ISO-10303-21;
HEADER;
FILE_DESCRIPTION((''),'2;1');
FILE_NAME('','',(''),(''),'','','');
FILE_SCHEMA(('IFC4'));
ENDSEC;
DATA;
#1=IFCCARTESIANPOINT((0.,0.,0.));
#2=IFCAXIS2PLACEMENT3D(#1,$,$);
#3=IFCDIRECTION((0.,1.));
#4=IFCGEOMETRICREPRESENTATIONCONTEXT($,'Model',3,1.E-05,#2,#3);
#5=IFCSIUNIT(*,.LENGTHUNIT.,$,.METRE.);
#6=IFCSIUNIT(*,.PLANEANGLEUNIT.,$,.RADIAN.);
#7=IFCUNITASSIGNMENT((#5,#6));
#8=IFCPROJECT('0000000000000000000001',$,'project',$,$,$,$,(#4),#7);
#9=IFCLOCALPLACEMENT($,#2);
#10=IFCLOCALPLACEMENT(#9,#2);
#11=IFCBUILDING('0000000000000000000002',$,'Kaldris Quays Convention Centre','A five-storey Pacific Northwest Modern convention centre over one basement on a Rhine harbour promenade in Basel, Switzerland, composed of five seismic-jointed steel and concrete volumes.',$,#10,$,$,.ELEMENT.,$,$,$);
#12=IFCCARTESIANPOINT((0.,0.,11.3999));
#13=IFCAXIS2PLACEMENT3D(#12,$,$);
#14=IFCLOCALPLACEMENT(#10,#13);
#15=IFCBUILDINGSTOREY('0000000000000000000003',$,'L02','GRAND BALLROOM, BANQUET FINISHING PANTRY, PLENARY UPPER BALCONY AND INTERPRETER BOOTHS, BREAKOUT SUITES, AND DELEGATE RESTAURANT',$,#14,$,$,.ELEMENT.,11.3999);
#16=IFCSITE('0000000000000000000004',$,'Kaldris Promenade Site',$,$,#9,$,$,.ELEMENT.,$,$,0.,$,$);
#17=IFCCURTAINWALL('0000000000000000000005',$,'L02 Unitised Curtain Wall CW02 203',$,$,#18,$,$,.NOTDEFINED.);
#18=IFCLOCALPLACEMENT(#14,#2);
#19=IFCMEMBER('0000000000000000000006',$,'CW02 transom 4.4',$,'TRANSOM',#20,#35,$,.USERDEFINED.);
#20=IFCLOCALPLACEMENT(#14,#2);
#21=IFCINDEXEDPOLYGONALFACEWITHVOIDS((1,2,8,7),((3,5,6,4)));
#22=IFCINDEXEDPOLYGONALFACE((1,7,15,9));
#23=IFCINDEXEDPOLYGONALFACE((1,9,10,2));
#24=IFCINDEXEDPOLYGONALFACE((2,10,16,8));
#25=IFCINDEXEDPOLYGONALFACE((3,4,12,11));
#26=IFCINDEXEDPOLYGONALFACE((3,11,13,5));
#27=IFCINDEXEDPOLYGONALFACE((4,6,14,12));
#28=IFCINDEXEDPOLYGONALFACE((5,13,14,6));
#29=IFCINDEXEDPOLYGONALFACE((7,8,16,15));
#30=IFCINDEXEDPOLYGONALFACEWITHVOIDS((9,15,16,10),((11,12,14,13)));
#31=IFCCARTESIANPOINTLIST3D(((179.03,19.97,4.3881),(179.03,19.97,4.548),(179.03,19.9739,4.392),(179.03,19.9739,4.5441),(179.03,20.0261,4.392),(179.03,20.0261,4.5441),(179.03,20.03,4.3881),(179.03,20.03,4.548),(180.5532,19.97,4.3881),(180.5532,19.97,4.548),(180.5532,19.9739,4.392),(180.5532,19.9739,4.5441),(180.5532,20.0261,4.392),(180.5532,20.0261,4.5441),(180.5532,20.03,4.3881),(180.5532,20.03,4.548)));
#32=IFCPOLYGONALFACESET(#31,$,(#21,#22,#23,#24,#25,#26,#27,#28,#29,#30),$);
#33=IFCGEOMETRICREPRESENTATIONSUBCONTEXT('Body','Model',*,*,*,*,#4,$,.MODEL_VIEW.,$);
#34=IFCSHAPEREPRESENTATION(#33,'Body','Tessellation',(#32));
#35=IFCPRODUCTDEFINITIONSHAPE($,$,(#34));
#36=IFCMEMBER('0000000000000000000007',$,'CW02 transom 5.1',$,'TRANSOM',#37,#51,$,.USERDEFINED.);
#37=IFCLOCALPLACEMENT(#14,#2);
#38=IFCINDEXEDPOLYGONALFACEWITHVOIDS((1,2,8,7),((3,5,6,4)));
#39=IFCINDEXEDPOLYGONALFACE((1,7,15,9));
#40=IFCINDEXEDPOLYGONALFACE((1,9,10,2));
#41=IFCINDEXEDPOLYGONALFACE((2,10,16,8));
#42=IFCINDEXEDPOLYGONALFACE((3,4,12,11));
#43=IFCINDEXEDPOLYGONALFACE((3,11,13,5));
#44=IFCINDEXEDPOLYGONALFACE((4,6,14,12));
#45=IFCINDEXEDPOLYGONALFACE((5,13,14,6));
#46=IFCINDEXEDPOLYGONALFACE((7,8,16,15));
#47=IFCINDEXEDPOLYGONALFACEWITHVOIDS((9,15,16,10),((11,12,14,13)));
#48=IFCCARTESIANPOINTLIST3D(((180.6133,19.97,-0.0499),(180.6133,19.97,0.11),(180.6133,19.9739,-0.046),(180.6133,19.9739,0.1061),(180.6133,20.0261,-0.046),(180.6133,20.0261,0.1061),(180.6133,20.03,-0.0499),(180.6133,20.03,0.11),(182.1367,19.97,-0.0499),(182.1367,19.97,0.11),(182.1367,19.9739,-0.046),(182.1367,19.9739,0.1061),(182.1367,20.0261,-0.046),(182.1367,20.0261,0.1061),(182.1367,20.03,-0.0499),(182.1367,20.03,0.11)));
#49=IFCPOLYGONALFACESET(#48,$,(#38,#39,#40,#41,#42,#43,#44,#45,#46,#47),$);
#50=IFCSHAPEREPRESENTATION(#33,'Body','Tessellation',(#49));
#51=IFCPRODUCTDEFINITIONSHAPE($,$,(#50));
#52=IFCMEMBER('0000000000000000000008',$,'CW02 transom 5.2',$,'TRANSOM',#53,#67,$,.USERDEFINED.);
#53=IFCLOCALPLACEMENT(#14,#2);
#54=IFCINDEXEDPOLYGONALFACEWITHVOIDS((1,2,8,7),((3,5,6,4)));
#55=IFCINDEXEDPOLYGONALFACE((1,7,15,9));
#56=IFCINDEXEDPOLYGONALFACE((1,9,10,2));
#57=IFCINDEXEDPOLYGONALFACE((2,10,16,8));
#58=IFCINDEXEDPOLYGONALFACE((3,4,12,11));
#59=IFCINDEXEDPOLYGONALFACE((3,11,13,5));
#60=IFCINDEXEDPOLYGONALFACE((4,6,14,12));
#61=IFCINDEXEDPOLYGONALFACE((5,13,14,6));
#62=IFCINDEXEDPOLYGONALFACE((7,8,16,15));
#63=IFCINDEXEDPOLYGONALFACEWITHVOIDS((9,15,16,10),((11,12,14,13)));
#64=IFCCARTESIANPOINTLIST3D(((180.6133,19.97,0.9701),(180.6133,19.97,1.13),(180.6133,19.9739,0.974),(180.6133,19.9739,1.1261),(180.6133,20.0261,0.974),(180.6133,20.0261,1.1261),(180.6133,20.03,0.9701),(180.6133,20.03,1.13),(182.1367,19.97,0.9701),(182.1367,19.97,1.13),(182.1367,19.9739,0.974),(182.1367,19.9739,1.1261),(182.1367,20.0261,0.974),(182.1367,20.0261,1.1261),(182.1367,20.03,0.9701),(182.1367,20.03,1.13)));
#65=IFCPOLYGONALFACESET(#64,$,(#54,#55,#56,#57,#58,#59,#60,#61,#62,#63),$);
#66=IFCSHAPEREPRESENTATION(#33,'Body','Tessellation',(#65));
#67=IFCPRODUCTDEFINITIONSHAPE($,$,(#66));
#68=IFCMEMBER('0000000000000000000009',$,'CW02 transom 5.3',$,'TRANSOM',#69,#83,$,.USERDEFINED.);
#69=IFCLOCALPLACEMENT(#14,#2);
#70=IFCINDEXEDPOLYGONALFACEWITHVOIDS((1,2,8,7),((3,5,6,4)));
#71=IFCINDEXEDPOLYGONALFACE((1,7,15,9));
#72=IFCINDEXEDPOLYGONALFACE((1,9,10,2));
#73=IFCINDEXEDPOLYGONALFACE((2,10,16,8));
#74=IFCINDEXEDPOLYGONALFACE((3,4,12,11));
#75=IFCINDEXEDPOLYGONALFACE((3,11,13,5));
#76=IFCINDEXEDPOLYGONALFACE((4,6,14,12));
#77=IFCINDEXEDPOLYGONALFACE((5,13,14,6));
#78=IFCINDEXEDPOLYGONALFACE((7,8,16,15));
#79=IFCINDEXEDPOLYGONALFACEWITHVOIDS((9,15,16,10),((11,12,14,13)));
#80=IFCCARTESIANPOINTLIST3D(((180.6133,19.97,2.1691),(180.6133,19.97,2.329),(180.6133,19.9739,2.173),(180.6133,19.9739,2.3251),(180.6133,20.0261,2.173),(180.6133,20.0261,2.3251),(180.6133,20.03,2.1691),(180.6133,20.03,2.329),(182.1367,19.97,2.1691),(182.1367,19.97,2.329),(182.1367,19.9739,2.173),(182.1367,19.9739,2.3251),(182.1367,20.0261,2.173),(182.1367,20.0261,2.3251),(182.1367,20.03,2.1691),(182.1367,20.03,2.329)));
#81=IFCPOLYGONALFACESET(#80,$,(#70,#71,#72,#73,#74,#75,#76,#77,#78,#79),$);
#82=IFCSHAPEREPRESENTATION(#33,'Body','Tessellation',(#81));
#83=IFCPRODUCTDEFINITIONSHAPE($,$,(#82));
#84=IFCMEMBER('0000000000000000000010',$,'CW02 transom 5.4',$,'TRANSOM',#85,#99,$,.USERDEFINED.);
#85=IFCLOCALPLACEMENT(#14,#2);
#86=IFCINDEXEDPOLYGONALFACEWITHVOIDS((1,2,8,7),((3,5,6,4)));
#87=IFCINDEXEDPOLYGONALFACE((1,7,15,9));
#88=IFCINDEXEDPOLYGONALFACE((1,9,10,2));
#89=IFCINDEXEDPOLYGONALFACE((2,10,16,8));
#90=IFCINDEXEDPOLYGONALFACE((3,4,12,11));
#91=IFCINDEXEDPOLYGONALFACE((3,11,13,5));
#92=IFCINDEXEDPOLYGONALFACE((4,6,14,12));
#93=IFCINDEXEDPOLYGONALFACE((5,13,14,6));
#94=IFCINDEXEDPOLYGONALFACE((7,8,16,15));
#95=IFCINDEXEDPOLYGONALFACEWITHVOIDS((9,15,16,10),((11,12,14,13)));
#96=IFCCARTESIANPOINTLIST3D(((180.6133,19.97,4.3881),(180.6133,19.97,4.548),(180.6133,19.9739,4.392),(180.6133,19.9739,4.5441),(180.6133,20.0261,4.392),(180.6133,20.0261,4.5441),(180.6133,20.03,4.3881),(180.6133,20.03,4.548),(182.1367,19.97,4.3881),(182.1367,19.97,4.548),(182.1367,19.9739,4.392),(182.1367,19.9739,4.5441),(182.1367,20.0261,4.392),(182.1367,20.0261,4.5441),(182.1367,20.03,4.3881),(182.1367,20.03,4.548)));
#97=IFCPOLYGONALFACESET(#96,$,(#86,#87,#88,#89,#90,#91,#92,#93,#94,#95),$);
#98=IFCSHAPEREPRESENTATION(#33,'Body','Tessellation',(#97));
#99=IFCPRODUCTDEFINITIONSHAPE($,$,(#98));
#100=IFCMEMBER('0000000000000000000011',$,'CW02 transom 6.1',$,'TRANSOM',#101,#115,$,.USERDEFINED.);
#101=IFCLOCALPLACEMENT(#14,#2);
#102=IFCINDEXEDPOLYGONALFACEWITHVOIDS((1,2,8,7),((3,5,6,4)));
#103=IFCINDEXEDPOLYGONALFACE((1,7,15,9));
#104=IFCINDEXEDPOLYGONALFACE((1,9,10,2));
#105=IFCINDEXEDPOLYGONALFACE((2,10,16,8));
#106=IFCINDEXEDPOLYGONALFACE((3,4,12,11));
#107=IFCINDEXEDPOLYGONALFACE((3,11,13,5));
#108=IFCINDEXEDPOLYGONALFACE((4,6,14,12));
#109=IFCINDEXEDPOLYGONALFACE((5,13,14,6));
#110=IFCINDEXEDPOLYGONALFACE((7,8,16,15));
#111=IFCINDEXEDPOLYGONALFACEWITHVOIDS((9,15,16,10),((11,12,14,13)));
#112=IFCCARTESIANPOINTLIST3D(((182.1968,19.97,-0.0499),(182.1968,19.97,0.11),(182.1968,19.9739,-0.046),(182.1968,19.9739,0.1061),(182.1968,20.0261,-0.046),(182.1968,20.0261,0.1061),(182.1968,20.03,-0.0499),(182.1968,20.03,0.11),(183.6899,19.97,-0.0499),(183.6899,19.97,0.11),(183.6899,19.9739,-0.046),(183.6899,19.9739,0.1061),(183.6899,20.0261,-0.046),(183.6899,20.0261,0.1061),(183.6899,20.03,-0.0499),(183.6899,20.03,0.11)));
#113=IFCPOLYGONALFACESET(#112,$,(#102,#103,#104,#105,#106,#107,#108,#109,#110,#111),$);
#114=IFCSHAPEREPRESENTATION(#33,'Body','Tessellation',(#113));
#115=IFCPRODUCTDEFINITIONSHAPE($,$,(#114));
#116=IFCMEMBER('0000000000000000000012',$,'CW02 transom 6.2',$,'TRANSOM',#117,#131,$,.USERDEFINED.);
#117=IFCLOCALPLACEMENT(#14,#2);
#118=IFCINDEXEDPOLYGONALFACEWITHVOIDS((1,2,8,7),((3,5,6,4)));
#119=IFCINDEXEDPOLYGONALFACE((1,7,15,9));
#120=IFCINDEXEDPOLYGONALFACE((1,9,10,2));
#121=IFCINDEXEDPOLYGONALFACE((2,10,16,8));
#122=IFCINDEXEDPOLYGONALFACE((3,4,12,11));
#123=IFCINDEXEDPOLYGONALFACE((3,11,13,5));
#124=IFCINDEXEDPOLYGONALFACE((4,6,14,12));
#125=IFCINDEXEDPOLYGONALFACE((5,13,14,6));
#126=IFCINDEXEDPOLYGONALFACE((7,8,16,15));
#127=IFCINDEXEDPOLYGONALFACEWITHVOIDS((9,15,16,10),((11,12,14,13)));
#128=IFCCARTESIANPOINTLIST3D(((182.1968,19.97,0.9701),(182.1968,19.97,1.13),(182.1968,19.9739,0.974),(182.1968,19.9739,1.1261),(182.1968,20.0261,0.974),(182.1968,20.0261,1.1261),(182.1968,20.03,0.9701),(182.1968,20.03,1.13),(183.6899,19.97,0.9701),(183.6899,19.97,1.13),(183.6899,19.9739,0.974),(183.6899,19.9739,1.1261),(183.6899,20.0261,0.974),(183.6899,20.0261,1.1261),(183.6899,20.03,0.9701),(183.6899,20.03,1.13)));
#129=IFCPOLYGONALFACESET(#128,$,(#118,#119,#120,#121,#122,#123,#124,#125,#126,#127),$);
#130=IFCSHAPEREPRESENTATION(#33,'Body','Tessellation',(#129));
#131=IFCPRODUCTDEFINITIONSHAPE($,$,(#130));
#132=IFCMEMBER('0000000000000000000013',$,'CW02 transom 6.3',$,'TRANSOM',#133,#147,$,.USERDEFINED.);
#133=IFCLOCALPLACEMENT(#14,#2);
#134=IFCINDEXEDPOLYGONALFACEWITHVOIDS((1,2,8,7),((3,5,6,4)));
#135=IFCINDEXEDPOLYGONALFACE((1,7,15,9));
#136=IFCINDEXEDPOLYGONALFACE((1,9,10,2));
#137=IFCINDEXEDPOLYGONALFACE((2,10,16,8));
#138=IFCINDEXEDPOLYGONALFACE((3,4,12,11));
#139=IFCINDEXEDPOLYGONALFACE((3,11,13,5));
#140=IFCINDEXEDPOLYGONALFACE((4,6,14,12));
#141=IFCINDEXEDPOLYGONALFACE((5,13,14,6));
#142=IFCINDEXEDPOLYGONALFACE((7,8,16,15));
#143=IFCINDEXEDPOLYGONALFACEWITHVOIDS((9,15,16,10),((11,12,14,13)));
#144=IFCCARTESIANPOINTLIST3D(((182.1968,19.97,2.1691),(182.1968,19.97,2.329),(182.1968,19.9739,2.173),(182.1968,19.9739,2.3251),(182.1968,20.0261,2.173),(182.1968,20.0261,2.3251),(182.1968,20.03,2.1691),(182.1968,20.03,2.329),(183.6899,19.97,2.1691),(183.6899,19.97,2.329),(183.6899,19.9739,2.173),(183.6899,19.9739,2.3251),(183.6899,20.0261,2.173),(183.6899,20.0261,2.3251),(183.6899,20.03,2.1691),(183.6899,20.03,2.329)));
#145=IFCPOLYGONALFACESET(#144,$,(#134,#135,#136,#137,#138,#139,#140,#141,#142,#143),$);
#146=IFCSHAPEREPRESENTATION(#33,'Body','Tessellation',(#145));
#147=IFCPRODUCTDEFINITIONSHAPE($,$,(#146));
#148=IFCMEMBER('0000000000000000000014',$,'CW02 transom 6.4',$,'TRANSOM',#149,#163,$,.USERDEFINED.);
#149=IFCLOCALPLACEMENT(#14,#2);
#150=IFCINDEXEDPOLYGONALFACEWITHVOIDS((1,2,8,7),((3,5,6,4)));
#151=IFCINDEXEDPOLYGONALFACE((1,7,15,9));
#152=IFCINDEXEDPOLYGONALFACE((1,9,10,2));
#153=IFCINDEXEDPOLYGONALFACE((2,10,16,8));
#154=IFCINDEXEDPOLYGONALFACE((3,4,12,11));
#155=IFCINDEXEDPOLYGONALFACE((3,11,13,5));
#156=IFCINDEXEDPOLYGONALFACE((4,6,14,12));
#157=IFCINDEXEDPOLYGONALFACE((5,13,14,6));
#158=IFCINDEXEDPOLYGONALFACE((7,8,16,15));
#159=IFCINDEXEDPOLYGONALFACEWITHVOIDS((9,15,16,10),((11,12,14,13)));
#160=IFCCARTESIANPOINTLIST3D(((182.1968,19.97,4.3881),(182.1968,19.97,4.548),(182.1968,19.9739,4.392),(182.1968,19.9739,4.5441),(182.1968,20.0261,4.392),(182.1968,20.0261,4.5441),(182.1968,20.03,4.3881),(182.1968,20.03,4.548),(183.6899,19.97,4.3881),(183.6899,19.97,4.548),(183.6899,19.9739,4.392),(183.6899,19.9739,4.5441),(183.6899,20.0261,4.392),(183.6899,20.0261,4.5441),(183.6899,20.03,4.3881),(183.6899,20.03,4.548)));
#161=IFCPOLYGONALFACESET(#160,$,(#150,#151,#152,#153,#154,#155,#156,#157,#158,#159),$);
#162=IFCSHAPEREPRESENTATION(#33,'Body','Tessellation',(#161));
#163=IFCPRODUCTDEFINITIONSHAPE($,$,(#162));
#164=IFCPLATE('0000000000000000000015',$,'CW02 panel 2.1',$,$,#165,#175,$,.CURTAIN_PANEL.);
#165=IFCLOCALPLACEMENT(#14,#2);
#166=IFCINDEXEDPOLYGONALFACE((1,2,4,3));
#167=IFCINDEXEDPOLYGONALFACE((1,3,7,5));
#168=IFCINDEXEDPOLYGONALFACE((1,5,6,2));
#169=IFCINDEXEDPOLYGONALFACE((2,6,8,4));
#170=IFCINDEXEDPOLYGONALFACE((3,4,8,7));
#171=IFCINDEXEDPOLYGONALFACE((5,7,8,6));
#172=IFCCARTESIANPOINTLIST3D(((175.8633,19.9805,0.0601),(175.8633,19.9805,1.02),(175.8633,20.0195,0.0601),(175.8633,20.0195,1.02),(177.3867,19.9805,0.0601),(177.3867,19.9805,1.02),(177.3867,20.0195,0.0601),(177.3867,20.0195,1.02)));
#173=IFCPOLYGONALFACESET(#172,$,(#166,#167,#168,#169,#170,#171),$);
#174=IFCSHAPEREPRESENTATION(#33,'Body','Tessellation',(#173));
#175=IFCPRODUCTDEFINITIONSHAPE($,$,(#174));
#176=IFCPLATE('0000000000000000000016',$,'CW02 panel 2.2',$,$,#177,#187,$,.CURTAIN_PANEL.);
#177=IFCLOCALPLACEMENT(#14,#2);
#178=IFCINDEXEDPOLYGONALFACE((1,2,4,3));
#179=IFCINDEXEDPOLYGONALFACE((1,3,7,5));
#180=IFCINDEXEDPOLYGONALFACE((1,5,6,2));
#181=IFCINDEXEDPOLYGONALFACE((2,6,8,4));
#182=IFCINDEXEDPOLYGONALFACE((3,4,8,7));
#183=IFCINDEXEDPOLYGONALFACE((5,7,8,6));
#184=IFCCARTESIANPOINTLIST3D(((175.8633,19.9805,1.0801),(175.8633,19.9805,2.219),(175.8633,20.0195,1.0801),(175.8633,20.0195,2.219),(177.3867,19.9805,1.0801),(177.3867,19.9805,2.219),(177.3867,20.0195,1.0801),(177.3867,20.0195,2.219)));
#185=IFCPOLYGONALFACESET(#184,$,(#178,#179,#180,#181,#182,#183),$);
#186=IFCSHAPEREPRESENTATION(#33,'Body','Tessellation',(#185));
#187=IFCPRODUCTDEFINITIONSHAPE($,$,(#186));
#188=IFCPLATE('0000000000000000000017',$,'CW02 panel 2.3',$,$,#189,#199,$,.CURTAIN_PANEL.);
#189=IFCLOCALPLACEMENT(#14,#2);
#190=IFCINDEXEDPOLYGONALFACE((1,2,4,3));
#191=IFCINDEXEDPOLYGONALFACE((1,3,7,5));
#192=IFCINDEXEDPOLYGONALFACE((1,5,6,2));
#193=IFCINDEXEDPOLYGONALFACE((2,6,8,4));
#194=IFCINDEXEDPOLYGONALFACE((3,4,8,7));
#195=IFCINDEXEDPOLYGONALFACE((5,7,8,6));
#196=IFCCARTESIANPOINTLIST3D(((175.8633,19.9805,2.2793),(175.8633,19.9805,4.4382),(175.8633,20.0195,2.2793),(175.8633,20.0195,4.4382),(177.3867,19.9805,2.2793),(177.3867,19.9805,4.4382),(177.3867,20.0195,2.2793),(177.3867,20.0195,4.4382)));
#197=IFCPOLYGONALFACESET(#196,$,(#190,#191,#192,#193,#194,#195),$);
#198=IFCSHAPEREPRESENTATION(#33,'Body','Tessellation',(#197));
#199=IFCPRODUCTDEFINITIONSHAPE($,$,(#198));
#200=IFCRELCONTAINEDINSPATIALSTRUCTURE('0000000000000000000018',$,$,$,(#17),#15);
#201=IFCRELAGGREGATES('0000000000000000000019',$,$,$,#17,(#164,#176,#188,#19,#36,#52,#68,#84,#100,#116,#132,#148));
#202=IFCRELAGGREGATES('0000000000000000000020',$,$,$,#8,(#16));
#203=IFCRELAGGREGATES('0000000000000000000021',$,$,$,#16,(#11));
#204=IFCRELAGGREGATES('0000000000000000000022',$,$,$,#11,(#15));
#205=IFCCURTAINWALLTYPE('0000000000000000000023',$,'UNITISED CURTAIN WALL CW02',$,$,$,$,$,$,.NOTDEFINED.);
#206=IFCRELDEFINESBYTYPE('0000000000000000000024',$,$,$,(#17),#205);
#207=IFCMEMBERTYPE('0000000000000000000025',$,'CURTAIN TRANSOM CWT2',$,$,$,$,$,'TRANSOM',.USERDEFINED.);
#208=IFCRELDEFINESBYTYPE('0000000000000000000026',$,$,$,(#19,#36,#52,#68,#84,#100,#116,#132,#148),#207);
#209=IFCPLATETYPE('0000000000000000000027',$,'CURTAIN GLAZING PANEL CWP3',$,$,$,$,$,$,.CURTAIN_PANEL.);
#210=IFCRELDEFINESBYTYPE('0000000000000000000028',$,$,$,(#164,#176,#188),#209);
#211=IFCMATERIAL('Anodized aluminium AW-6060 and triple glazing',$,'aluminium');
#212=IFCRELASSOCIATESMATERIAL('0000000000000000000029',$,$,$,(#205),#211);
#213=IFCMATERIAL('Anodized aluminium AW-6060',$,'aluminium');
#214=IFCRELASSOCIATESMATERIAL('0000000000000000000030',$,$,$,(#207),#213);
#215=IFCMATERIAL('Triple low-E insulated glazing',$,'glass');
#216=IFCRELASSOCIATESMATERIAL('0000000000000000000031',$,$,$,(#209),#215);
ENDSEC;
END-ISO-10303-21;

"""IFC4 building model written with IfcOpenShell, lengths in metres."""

from ifc_helpers import new_model, si_unit, direction, frame, origin, origin_2d, place, context, subcontext, project, spatial, rectangle, hollow_rectangle, extrude, material, material_profile, profile_set, type_object, element, aggregate, save


model = new_model("IFC4")

# Units and contexts
model_context = context("Model", 3, precision=1e-05, world=origin(), true_north=direction((0.0, 1.0)))
body_context = subcontext(model_context, "Body", "Model", "MODEL_VIEW")
ifc_project = project(units=[si_unit("LENGTHUNIT", "METRE"), si_unit("PLANEANGLEUNIT", "RADIAN")], contexts=[model_context])

# Site, building, storey
site_placement = place(None, origin())
site = spatial("IfcSite", under=ifc_project, at=site_placement, Name="Kaldris Promenade Site", CompositionType="ELEMENT", RefElevation=0.0)
building_placement = place(site_placement, origin())
building = spatial("IfcBuilding", under=site, at=building_placement, Name="Kaldris Quays Convention Centre", Description="A five-storey Pacific Northwest Modern convention centre over one basement on a Rhine harbour promenade in Basel, Switzerland, composed of five seismic-jointed steel and concrete volumes.", CompositionType="ELEMENT")
storey_placement = place(building_placement, frame((0.0, 0.0, 11.3999)))
storey = spatial("IfcBuildingStorey", under=building, at=storey_placement, Name="L02", Description="GRAND BALLROOM, BANQUET FINISHING PANTRY, PLENARY UPPER BALCONY AND INTERPRETER BOOTHS, BREAKOUT SUITES, AND DELEGATE RESTAURANT", CompositionType="ELEMENT", Elevation=11.3999)

# Curtain wall, members, plates
ifc_material_1 = material(Name="Anodized aluminium AW-6060 and triple glazing", Category="aluminium")
curtain_wall_type = type_object("IfcCurtainWallType", Name="UNITISED CURTAIN WALL CW02", PredefinedType="NOTDEFINED", material=ifc_material_1)
curtain_wall_placement = place(storey_placement, origin())
curtain_wall = element("IfcCurtainWall", 1, at=curtain_wall_placement, inside=storey, type_object=curtain_wall_type, Name="L02 Unitised Curtain Wall CW02 203", PredefinedType="NOTDEFINED")
ifc_material_2 = material(Name="Anodized aluminium AW-6060", Category="aluminium")
ifc_material_profile_1 = material_profile(ifc_material_2, hollow_rectangle(XDim=0.0601, YDim=0.1599, WallThickness=0.0039, at=origin_2d()), Name="RHS 160x60x4")
ifc_profile_set_1 = profile_set([ifc_material_profile_1], Name="Anodized aluminium AW-6060")
member_type_1 = type_object("IfcMemberType", Name="CURTAIN TRANSOM CWT2", ElementType="TRANSOM", PredefinedType="USERDEFINED", material=ifc_profile_set_1)
member_1_placement = place(storey_placement, frame((179.03, 20.0, 4.468), z_axis=(1.0, 0.0, 0.0), x_axis=(0.0, 1.0, 0.0)))
member_1 = element("IfcMember", 2, at=member_1_placement, type_object=member_type_1, Name="CW02 transom 4.4", ObjectType="TRANSOM", PredefinedType="USERDEFINED", context=body_context, shape_type="SweptSolid", body=[
    extrude(hollow_rectangle(XDim=0.0601, YDim=0.1599, WallThickness=0.0039, at=origin_2d()), origin(), (0.0, 0.0, 1.0), 1.5232),
])
member_2_placement = place(storey_placement, frame((180.6133, 20.0, 0.03), z_axis=(1.0, 0.0, 0.0), x_axis=(0.0, 1.0, 0.0)))
member_2 = element("IfcMember", 3, at=member_2_placement, type_object=member_type_1, Name="CW02 transom 5.1", ObjectType="TRANSOM", PredefinedType="USERDEFINED", context=body_context, shape_type="SweptSolid", body=[
    extrude(hollow_rectangle(XDim=0.0601, YDim=0.1599, WallThickness=0.0039, at=origin_2d()), origin(), (0.0, 0.0, 1.0), 1.5234),
])
member_3_placement = place(storey_placement, frame((180.6133, 20.0, 1.05), z_axis=(1.0, 0.0, 0.0), x_axis=(0.0, 1.0, 0.0)))
member_3 = element("IfcMember", 4, at=member_3_placement, type_object=member_type_1, Name="CW02 transom 5.2", ObjectType="TRANSOM", PredefinedType="USERDEFINED", context=body_context, shape_type="SweptSolid", body=[
    extrude(hollow_rectangle(XDim=0.0601, YDim=0.1599, WallThickness=0.0039, at=origin_2d()), origin(), (0.0, 0.0, 1.0), 1.5234),
])
member_4_placement = place(storey_placement, frame((180.6133, 20.0, 2.249), z_axis=(1.0, 0.0, 0.0), x_axis=(0.0, 1.0, 0.0)))
member_4 = element("IfcMember", 5, at=member_4_placement, type_object=member_type_1, Name="CW02 transom 5.3", ObjectType="TRANSOM", PredefinedType="USERDEFINED", context=body_context, shape_type="SweptSolid", body=[
    extrude(hollow_rectangle(XDim=0.0601, YDim=0.1599, WallThickness=0.0039, at=origin_2d()), origin(), (0.0, 0.0, 1.0), 1.5234),
])
member_5_placement = place(storey_placement, frame((180.6133, 20.0, 4.468), z_axis=(1.0, 0.0, 0.0), x_axis=(0.0, 1.0, 0.0)))
member_5 = element("IfcMember", 6, at=member_5_placement, type_object=member_type_1, Name="CW02 transom 5.4", ObjectType="TRANSOM", PredefinedType="USERDEFINED", context=body_context, shape_type="SweptSolid", body=[
    extrude(hollow_rectangle(XDim=0.0601, YDim=0.1599, WallThickness=0.0039, at=origin_2d()), origin(), (0.0, 0.0, 1.0), 1.5234),
])
member_6_placement = place(storey_placement, frame((182.1968, 20.0, 0.03), z_axis=(1.0, 0.0, 0.0), x_axis=(0.0, 1.0, 0.0)))
member_6 = element("IfcMember", 7, at=member_6_placement, type_object=member_type_1, Name="CW02 transom 6.1", ObjectType="TRANSOM", PredefinedType="USERDEFINED", context=body_context, shape_type="SweptSolid", body=[
    extrude(hollow_rectangle(XDim=0.0601, YDim=0.1599, WallThickness=0.0039, at=origin_2d()), origin(), (0.0, 0.0, 1.0), 1.4932),
])
member_7_placement = place(storey_placement, frame((182.1968, 20.0, 1.05), z_axis=(1.0, 0.0, 0.0), x_axis=(0.0, 1.0, 0.0)))
member_7 = element("IfcMember", 8, at=member_7_placement, type_object=member_type_1, Name="CW02 transom 6.2", ObjectType="TRANSOM", PredefinedType="USERDEFINED", context=body_context, shape_type="SweptSolid", body=[
    extrude(hollow_rectangle(XDim=0.0601, YDim=0.1599, WallThickness=0.0039, at=origin_2d()), origin(), (0.0, 0.0, 1.0), 1.4932),
])
member_8_placement = place(storey_placement, frame((182.1968, 20.0, 2.249), z_axis=(1.0, 0.0, 0.0), x_axis=(0.0, 1.0, 0.0)))
member_8 = element("IfcMember", 9, at=member_8_placement, type_object=member_type_1, Name="CW02 transom 6.3", ObjectType="TRANSOM", PredefinedType="USERDEFINED", context=body_context, shape_type="SweptSolid", body=[
    extrude(hollow_rectangle(XDim=0.0601, YDim=0.1599, WallThickness=0.0039, at=origin_2d()), origin(), (0.0, 0.0, 1.0), 1.4932),
])
member_9_placement = place(storey_placement, frame((182.1968, 20.0, 4.468), z_axis=(1.0, 0.0, 0.0), x_axis=(0.0, 1.0, 0.0)))
member_9 = element("IfcMember", 10, at=member_9_placement, type_object=member_type_1, Name="CW02 transom 6.4", ObjectType="TRANSOM", PredefinedType="USERDEFINED", context=body_context, shape_type="SweptSolid", body=[
    extrude(hollow_rectangle(XDim=0.0601, YDim=0.1599, WallThickness=0.0039, at=origin_2d()), origin(), (0.0, 0.0, 1.0), 1.4932),
])
ifc_material_3 = material(Name="Triple low-E insulated glazing", Category="glass")
plate_type = type_object("IfcPlateType", Name="CURTAIN GLAZING PANEL CWP3", PredefinedType="CURTAIN_PANEL", material=ifc_material_3)
plate_1_placement = place(storey_placement, frame((176.625, 20.0, 0.0601), z_axis=(0.0, 0.0, 1.0), x_axis=(1.0, 0.0, 0.0)))
plate_1 = element("IfcPlate", 11, at=plate_1_placement, type_object=plate_type, Name="CW02 panel 2.1", PredefinedType="CURTAIN_PANEL", context=body_context, shape_type="SweptSolid", body=[
    extrude(rectangle(XDim=1.5234, YDim=0.0391, at=origin_2d()), origin(), (0.0, 0.0, 1.0), 0.96),
])
plate_2_placement = place(storey_placement, frame((176.625, 20.0, 1.0801), z_axis=(0.0, 0.0, 1.0), x_axis=(1.0, 0.0, 0.0)))
plate_2 = element("IfcPlate", 12, at=plate_2_placement, type_object=plate_type, Name="CW02 panel 2.2", PredefinedType="CURTAIN_PANEL", context=body_context, shape_type="SweptSolid", body=[
    extrude(rectangle(XDim=1.5234, YDim=0.0391, at=origin_2d()), origin(), (0.0, 0.0, 1.0), 1.1389),
])
plate_3_placement = place(storey_placement, frame((176.625, 20.0, 2.2793), z_axis=(0.0, 0.0, 1.0), x_axis=(1.0, 0.0, 0.0)))
plate_3 = element("IfcPlate", 13, at=plate_3_placement, type_object=plate_type, Name="CW02 panel 2.3", PredefinedType="CURTAIN_PANEL", context=body_context, shape_type="SweptSolid", body=[
    extrude(rectangle(XDim=1.5234, YDim=0.0391, at=origin_2d()), origin(), (0.0, 0.0, 1.0), 2.1589),
])
aggregate(curtain_wall, [plate_1, plate_2, plate_3, member_1, member_2, member_3, member_4, member_5, member_6, member_7, member_8, member_9])

save(model, "model.ifc")
